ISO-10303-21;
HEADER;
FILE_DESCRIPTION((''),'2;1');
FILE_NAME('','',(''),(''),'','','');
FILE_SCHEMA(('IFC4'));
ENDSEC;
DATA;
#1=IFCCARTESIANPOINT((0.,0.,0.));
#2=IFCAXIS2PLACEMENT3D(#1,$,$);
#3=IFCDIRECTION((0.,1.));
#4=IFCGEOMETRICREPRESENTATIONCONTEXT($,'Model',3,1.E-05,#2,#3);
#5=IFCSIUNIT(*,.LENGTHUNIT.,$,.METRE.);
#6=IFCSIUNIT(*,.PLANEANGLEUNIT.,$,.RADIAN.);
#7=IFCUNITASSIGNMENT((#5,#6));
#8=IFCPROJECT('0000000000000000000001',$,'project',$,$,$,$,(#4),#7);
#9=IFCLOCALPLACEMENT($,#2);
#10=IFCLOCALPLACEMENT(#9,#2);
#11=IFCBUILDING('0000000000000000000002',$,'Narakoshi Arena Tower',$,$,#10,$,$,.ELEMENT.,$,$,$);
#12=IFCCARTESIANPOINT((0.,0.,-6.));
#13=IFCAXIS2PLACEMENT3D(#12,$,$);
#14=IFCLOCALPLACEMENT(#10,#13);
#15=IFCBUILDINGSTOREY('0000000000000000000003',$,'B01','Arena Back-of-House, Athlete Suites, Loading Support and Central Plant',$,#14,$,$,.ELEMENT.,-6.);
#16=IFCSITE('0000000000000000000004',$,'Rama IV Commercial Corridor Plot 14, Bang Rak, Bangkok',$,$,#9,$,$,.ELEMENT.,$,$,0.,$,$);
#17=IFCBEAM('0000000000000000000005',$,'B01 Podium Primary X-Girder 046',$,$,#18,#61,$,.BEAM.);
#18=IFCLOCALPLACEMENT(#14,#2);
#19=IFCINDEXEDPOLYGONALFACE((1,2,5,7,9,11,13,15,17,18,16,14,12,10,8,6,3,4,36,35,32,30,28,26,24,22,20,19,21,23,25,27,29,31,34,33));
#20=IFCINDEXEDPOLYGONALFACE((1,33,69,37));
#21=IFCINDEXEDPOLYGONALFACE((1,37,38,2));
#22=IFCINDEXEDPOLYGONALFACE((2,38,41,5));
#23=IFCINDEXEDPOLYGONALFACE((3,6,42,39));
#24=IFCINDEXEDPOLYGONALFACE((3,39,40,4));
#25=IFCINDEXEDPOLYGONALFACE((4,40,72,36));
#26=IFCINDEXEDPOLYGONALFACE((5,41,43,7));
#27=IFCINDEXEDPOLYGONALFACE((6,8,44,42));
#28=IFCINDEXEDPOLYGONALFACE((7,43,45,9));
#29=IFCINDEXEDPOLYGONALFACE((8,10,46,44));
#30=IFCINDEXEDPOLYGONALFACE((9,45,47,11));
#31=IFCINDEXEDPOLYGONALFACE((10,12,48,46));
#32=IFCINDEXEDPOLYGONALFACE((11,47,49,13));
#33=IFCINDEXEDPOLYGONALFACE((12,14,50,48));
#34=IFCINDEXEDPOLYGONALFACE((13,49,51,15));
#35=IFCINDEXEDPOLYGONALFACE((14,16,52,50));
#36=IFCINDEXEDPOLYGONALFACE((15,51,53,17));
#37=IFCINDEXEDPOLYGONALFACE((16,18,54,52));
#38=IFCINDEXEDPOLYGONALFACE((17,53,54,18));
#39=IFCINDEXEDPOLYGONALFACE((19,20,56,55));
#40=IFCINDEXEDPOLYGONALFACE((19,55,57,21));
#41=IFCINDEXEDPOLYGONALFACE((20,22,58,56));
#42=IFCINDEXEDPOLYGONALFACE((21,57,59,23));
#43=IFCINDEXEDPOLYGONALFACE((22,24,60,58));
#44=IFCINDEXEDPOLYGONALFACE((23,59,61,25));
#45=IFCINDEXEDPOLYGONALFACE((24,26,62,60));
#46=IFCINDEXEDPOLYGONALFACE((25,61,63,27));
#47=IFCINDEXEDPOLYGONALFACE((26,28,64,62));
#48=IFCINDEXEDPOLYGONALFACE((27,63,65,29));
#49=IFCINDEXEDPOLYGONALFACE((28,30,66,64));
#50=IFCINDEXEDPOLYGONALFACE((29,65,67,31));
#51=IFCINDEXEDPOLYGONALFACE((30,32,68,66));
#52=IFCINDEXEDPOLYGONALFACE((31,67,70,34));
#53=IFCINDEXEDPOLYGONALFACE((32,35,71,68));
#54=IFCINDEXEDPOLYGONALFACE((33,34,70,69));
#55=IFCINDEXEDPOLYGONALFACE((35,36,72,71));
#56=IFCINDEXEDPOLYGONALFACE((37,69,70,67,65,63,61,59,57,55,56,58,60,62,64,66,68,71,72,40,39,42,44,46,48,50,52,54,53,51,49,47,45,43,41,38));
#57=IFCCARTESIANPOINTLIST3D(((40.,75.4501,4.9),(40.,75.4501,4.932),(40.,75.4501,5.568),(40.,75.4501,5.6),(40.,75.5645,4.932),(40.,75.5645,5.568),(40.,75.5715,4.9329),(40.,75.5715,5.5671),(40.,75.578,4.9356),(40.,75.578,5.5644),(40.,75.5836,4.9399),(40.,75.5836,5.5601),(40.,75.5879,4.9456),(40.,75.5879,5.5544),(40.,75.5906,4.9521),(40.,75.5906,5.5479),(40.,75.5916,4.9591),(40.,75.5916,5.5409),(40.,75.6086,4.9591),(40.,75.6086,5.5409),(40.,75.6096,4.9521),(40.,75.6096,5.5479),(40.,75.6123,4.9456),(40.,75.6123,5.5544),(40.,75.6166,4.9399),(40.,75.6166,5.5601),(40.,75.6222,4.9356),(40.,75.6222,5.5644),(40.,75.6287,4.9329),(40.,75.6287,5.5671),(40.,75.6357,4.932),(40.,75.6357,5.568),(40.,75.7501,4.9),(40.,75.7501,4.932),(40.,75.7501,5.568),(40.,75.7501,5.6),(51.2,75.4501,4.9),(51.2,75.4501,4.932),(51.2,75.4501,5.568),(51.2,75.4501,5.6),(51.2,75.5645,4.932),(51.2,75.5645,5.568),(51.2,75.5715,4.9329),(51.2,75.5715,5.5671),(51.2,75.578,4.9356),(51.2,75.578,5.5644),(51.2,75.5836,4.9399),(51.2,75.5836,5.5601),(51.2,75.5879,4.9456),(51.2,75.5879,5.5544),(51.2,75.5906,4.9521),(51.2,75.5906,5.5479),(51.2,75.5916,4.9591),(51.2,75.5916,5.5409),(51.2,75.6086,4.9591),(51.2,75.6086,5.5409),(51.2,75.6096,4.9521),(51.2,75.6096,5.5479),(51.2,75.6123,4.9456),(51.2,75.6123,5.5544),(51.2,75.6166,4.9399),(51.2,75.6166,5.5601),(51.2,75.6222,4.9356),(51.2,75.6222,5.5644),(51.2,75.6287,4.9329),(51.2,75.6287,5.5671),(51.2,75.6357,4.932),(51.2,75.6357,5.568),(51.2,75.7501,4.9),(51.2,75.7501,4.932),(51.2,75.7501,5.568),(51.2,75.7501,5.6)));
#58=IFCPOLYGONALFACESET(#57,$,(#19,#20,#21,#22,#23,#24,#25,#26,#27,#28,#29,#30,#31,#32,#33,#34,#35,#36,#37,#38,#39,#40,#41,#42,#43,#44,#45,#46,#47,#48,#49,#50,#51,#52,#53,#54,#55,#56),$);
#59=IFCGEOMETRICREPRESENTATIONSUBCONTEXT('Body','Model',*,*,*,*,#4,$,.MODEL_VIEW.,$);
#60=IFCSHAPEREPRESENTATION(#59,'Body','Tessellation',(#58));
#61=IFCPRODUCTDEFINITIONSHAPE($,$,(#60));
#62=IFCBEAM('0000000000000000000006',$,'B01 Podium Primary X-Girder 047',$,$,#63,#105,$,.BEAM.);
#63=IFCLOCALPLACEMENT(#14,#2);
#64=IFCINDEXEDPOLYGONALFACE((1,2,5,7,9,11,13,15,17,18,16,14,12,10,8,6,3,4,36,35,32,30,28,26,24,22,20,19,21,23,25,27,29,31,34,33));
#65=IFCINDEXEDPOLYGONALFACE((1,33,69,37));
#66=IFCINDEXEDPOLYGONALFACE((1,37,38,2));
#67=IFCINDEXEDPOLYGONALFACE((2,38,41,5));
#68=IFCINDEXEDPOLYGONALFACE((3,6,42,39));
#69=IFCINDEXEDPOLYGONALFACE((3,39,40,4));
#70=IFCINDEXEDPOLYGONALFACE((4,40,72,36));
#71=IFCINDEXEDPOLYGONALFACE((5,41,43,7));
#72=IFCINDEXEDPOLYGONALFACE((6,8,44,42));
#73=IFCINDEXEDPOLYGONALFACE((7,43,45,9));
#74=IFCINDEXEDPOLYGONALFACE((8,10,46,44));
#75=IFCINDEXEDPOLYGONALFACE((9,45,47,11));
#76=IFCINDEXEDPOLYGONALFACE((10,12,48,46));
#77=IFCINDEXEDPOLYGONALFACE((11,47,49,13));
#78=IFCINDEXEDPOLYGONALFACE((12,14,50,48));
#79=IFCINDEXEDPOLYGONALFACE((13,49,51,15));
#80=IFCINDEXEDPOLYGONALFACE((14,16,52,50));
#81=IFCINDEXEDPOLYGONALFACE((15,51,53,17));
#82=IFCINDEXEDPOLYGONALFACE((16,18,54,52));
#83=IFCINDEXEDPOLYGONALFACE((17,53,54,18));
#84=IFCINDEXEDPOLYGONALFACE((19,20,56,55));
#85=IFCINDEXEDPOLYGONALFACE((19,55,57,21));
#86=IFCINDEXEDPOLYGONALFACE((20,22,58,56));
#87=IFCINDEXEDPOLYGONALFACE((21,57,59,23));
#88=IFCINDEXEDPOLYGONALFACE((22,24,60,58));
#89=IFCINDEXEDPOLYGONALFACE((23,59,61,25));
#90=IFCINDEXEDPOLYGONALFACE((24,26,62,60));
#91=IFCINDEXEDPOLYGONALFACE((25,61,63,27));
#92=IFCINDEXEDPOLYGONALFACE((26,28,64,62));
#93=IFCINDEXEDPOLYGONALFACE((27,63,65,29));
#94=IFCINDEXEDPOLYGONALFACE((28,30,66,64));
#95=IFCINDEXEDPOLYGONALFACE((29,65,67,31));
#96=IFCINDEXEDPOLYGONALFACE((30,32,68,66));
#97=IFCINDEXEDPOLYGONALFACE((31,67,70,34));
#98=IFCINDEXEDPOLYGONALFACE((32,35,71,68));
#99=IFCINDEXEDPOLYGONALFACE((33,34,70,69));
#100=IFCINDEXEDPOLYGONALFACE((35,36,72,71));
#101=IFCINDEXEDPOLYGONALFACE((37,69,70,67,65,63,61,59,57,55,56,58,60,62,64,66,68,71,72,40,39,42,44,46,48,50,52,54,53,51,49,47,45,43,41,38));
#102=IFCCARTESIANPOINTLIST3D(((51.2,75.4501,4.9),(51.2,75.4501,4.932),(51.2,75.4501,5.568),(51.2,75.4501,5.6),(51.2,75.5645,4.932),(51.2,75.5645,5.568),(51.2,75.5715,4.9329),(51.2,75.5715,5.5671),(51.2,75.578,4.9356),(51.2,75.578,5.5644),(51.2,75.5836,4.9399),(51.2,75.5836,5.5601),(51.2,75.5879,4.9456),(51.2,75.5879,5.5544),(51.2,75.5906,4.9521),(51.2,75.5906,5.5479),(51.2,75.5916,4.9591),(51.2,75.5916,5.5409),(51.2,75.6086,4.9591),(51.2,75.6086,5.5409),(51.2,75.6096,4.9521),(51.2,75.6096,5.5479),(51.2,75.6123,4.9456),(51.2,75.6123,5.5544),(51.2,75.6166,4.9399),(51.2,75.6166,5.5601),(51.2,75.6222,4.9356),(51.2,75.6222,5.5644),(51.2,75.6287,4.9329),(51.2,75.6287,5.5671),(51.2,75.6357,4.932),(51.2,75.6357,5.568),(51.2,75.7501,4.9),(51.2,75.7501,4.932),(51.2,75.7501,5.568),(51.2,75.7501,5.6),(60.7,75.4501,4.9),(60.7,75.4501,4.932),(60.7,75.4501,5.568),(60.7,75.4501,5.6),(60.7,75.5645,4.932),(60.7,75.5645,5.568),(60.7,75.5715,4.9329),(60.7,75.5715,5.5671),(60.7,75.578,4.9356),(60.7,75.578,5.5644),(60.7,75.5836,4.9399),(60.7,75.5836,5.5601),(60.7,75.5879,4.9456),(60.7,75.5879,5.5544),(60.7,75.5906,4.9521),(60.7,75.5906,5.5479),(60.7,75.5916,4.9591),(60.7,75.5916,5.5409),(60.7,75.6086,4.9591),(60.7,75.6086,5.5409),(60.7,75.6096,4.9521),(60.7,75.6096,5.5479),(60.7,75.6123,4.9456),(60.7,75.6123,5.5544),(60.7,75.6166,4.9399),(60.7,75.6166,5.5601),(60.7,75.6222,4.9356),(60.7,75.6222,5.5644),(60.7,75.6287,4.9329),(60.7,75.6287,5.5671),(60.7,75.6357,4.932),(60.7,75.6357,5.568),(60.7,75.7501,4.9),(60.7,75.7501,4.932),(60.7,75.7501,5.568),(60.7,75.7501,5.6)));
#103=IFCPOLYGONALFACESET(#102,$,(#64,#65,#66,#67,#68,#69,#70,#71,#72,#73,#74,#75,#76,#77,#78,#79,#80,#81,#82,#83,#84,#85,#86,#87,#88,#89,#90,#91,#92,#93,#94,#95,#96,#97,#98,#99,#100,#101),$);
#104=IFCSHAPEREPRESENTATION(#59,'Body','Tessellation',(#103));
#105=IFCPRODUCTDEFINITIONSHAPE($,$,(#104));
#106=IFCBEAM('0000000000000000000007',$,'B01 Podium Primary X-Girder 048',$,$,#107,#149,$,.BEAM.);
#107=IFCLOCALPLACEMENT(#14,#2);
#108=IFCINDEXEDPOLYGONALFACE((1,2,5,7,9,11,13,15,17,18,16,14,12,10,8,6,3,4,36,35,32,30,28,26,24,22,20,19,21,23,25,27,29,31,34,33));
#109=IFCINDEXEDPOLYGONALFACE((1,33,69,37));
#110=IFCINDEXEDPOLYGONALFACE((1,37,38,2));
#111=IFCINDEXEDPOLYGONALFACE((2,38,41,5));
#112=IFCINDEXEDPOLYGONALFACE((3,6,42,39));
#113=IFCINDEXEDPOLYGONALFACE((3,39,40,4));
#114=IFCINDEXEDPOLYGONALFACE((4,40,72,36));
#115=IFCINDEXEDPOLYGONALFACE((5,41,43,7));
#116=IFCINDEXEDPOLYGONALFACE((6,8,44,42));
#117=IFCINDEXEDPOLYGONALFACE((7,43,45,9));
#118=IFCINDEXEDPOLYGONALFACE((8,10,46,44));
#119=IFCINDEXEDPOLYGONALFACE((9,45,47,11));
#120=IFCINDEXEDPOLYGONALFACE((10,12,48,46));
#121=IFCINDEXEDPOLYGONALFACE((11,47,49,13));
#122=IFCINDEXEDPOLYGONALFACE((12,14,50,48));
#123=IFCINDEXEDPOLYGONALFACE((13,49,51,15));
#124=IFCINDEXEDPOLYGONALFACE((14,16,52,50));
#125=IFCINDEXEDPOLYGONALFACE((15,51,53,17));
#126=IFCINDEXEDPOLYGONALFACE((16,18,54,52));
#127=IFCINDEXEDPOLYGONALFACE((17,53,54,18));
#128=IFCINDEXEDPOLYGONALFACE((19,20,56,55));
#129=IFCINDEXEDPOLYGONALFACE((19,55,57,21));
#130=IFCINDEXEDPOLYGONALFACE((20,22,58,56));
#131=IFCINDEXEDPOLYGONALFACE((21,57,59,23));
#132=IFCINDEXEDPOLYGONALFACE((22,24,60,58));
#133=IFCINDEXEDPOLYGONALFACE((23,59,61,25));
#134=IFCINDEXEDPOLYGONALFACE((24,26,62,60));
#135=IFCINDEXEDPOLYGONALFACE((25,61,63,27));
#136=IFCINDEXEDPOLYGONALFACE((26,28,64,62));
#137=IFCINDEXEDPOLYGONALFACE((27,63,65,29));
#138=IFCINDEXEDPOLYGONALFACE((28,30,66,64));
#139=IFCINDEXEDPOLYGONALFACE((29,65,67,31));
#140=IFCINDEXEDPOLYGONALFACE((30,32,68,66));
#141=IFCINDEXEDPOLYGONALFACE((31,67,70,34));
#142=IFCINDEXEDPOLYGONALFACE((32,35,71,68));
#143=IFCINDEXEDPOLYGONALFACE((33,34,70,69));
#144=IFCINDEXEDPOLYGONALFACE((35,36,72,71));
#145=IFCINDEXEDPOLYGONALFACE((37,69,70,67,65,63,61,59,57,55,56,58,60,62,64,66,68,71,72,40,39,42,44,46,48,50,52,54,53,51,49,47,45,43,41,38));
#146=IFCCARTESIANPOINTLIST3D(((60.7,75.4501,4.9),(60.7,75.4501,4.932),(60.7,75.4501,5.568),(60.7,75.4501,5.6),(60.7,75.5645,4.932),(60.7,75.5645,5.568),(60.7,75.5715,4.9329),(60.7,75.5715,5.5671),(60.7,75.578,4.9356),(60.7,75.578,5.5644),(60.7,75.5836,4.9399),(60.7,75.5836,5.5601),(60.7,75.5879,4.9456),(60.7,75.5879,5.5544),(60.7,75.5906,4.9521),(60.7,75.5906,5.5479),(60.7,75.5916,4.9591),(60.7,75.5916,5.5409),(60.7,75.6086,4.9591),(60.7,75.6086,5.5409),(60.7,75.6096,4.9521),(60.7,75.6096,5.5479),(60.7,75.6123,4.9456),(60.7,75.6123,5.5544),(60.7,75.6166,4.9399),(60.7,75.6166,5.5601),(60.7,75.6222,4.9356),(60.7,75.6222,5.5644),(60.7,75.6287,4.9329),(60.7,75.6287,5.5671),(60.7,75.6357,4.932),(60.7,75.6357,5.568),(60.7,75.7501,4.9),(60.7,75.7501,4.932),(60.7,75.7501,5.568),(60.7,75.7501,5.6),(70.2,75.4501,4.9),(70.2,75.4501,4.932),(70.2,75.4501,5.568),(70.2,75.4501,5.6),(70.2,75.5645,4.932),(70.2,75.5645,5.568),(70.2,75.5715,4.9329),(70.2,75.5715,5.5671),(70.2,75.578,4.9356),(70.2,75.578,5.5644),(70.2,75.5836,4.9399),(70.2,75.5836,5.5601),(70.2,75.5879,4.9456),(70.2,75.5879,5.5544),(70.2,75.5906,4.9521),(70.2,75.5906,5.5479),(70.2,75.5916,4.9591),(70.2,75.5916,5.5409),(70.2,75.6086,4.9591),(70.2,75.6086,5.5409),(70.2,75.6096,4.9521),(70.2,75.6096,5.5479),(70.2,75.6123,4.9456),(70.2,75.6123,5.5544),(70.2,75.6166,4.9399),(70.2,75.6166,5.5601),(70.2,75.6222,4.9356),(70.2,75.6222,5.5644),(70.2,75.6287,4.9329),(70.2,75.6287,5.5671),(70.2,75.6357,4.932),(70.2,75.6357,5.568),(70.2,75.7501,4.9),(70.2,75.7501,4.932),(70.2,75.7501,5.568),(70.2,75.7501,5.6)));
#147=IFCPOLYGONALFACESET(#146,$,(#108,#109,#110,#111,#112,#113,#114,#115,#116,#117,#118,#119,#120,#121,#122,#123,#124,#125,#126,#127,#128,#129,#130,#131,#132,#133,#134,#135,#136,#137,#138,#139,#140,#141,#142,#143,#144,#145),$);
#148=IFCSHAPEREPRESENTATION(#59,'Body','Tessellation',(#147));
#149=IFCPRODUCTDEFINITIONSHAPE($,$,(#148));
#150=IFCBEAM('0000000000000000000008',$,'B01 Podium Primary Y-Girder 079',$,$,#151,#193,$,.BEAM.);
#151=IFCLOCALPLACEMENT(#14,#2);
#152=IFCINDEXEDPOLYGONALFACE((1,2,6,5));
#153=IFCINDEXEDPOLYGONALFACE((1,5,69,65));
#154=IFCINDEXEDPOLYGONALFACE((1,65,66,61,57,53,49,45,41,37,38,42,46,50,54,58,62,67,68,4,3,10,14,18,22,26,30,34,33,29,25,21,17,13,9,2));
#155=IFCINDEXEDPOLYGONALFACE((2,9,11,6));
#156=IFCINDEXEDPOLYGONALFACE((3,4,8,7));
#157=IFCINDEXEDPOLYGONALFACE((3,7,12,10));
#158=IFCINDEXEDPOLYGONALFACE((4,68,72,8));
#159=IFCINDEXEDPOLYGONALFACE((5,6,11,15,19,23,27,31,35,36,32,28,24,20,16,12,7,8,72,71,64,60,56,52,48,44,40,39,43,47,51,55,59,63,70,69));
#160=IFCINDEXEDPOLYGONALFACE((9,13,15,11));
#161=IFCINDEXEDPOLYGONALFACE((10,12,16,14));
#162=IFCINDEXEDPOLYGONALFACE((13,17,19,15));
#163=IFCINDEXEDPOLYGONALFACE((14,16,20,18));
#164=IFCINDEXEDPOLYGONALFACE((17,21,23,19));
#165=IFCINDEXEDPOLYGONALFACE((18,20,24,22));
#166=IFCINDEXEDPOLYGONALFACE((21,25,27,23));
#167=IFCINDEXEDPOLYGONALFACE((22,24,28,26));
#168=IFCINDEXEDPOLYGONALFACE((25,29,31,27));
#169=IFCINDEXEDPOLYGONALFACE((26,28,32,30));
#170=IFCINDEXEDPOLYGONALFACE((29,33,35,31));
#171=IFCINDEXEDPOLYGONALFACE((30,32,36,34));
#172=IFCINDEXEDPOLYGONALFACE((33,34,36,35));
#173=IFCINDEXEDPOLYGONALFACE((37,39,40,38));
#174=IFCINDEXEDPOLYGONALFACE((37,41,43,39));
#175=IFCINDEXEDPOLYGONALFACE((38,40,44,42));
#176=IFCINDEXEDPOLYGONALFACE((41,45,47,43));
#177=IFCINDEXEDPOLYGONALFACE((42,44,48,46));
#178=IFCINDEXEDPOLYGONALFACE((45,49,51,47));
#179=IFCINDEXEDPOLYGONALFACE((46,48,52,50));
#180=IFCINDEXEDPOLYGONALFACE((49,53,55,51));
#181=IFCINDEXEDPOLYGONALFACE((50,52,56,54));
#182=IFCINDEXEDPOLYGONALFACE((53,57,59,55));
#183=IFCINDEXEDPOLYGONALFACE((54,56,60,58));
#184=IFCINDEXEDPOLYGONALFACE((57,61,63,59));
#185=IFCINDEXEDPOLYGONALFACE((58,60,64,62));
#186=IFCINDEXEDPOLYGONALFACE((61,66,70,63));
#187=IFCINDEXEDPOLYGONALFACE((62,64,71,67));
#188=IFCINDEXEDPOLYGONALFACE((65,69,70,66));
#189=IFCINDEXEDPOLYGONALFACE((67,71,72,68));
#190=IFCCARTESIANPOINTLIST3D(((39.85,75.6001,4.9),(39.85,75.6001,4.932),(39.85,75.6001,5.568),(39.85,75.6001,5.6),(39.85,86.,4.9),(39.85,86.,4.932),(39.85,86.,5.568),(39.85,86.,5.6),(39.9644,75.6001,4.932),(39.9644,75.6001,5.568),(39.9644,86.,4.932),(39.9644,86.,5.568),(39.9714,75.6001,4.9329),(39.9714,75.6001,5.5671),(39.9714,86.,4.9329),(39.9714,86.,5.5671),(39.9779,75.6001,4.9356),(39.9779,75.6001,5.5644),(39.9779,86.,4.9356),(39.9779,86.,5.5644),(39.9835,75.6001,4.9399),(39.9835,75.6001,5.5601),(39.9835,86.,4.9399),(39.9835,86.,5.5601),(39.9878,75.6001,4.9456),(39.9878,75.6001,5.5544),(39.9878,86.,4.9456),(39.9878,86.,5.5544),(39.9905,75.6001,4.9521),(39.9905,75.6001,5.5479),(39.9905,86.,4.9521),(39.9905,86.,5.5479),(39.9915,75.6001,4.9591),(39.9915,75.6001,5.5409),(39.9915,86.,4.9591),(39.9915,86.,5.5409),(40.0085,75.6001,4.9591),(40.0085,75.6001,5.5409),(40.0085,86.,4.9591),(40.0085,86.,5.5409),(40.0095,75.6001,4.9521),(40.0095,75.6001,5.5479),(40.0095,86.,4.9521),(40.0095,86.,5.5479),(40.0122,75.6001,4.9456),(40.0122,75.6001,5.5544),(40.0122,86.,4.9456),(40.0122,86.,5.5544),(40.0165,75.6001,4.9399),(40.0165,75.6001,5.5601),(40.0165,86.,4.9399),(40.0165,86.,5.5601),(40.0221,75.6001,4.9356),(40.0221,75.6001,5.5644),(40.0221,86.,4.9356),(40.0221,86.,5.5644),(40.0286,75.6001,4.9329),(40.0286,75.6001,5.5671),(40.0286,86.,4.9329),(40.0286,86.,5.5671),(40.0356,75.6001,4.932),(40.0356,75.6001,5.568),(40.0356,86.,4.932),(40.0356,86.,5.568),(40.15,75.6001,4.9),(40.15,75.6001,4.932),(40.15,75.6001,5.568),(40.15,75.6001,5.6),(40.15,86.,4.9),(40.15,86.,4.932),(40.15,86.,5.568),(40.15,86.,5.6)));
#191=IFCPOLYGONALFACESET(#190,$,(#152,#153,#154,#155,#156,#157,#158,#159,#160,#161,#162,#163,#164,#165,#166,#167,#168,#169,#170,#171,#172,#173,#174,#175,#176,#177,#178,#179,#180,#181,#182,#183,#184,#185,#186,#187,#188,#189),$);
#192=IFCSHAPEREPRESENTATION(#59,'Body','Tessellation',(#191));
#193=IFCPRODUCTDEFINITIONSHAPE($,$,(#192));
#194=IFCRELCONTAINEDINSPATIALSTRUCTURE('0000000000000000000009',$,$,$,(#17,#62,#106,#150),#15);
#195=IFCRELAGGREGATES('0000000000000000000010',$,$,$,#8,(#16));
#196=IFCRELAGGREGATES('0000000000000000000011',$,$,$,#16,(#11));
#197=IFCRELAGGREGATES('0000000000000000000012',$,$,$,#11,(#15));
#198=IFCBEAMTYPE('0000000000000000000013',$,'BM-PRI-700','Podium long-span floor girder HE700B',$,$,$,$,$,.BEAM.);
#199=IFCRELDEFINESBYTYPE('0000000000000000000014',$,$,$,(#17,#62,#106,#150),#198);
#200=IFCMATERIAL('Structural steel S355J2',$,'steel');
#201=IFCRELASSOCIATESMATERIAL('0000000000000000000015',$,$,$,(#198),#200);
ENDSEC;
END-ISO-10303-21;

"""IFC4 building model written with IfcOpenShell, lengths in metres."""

from ifc_helpers import new_model, si_unit, direction, frame, origin, origin_2d, place, context, subcontext, project, spatial, i_section, extrude, material, material_profile, profile_set, type_object, element, save


model = new_model("IFC4")

# Units and contexts
model_context = context("Model", 3, precision=1e-05, world=origin(), true_north=direction((0.0, 1.0)))
body_context = subcontext(model_context, "Body", "Model", "MODEL_VIEW")
ifc_project = project(units=[si_unit("LENGTHUNIT", "METRE"), si_unit("PLANEANGLEUNIT", "RADIAN")], contexts=[model_context])

# Site, building, storey
site_placement = place(None, origin())
site = spatial("IfcSite", under=ifc_project, at=site_placement, Name="Rama IV Commercial Corridor Plot 14, Bang Rak, Bangkok", CompositionType="ELEMENT", RefElevation=0.0)
building_placement = place(site_placement, origin())
building = spatial("IfcBuilding", under=site, at=building_placement, Name="Narakoshi Arena Tower", CompositionType="ELEMENT")
storey_placement = place(building_placement, frame((0.0, 0.0, -6.0)))
storey = spatial("IfcBuildingStorey", under=building, at=storey_placement, Name="B01", Description="Arena Back-of-House, Athlete Suites, Loading Support and Central Plant", CompositionType="ELEMENT", Elevation=-6.0)

# Beams
ifc_material_1 = material(Name="Structural steel S355J2", Category="steel")
ifc_material_profile_1 = material_profile(ifc_material_1, i_section(OverallWidth=0.3, OverallDepth=0.7, WebThickness=0.0171, FlangeThickness=0.032, FilletRadius=0.0271, at=origin_2d()), Name="HE700B")
ifc_profile_set_1 = profile_set([ifc_material_profile_1], Name="Structural steel S355J2")
beam_type_1 = type_object("IfcBeamType", Name="BM-PRI-700", Description="Podium long-span floor girder HE700B", PredefinedType="BEAM", material=ifc_profile_set_1)
beam_1_placement = place(storey_placement, frame((40.0, 75.6001, 5.25), z_axis=(1.0, 0.0, 0.0), x_axis=(0.0, 1.0, 0.0)))
element("IfcBeam", 1, at=beam_1_placement, inside=storey, type_object=beam_type_1, Name="B01 Podium Primary X-Girder 046", PredefinedType="BEAM", context=body_context, shape_type="SweptSolid", body=[
    extrude(i_section(OverallWidth=0.3, OverallDepth=0.7, WebThickness=0.0171, FlangeThickness=0.032, FilletRadius=0.0271, at=origin_2d()), origin(), (0.0, 0.0, 1.0), 11.2),
])
for number, where, z_axis, x_axis, name in (
    (2, (51.2, 75.6001, 5.25), (1.0, 0.0, 0.0), (0.0, 1.0, 0.0), "B01 Podium Primary X-Girder 047"),
    (3, (60.7, 75.6001, 5.25), (1.0, 0.0, 0.0), (0.0, 1.0, 0.0), "B01 Podium Primary X-Girder 048"),
):
    element("IfcBeam", number, at=place(storey_placement, frame(where, z_axis=z_axis, x_axis=x_axis)), inside=storey, type_object=beam_type_1, Name=name, PredefinedType="BEAM", context=body_context, shape_type="SweptSolid", body=[
        extrude(i_section(OverallWidth=0.3, OverallDepth=0.7, WebThickness=0.0171, FlangeThickness=0.032, FilletRadius=0.0271, at=origin_2d()), origin(), (0.0, 0.0, 1.0), 9.5),
    ])
for number, where, z_axis, x_axis, name in (
    (4, (40.0, 75.6001, 5.25), (0.0, 1.0, 0.0), (-1.0, 0.0, 0.0), "B01 Podium Primary Y-Girder 079"),
):
    element("IfcBeam", number, at=place(storey_placement, frame(where, z_axis=z_axis, x_axis=x_axis)), inside=storey, type_object=beam_type_1, Name=name, PredefinedType="BEAM", context=body_context, shape_type="SweptSolid", body=[
        extrude(i_section(OverallWidth=0.3, OverallDepth=0.7, WebThickness=0.0171, FlangeThickness=0.032, FilletRadius=0.0271, at=origin_2d()), origin(), (0.0, 0.0, 1.0), 10.3999),
    ])

save(model, "model.ifc")
